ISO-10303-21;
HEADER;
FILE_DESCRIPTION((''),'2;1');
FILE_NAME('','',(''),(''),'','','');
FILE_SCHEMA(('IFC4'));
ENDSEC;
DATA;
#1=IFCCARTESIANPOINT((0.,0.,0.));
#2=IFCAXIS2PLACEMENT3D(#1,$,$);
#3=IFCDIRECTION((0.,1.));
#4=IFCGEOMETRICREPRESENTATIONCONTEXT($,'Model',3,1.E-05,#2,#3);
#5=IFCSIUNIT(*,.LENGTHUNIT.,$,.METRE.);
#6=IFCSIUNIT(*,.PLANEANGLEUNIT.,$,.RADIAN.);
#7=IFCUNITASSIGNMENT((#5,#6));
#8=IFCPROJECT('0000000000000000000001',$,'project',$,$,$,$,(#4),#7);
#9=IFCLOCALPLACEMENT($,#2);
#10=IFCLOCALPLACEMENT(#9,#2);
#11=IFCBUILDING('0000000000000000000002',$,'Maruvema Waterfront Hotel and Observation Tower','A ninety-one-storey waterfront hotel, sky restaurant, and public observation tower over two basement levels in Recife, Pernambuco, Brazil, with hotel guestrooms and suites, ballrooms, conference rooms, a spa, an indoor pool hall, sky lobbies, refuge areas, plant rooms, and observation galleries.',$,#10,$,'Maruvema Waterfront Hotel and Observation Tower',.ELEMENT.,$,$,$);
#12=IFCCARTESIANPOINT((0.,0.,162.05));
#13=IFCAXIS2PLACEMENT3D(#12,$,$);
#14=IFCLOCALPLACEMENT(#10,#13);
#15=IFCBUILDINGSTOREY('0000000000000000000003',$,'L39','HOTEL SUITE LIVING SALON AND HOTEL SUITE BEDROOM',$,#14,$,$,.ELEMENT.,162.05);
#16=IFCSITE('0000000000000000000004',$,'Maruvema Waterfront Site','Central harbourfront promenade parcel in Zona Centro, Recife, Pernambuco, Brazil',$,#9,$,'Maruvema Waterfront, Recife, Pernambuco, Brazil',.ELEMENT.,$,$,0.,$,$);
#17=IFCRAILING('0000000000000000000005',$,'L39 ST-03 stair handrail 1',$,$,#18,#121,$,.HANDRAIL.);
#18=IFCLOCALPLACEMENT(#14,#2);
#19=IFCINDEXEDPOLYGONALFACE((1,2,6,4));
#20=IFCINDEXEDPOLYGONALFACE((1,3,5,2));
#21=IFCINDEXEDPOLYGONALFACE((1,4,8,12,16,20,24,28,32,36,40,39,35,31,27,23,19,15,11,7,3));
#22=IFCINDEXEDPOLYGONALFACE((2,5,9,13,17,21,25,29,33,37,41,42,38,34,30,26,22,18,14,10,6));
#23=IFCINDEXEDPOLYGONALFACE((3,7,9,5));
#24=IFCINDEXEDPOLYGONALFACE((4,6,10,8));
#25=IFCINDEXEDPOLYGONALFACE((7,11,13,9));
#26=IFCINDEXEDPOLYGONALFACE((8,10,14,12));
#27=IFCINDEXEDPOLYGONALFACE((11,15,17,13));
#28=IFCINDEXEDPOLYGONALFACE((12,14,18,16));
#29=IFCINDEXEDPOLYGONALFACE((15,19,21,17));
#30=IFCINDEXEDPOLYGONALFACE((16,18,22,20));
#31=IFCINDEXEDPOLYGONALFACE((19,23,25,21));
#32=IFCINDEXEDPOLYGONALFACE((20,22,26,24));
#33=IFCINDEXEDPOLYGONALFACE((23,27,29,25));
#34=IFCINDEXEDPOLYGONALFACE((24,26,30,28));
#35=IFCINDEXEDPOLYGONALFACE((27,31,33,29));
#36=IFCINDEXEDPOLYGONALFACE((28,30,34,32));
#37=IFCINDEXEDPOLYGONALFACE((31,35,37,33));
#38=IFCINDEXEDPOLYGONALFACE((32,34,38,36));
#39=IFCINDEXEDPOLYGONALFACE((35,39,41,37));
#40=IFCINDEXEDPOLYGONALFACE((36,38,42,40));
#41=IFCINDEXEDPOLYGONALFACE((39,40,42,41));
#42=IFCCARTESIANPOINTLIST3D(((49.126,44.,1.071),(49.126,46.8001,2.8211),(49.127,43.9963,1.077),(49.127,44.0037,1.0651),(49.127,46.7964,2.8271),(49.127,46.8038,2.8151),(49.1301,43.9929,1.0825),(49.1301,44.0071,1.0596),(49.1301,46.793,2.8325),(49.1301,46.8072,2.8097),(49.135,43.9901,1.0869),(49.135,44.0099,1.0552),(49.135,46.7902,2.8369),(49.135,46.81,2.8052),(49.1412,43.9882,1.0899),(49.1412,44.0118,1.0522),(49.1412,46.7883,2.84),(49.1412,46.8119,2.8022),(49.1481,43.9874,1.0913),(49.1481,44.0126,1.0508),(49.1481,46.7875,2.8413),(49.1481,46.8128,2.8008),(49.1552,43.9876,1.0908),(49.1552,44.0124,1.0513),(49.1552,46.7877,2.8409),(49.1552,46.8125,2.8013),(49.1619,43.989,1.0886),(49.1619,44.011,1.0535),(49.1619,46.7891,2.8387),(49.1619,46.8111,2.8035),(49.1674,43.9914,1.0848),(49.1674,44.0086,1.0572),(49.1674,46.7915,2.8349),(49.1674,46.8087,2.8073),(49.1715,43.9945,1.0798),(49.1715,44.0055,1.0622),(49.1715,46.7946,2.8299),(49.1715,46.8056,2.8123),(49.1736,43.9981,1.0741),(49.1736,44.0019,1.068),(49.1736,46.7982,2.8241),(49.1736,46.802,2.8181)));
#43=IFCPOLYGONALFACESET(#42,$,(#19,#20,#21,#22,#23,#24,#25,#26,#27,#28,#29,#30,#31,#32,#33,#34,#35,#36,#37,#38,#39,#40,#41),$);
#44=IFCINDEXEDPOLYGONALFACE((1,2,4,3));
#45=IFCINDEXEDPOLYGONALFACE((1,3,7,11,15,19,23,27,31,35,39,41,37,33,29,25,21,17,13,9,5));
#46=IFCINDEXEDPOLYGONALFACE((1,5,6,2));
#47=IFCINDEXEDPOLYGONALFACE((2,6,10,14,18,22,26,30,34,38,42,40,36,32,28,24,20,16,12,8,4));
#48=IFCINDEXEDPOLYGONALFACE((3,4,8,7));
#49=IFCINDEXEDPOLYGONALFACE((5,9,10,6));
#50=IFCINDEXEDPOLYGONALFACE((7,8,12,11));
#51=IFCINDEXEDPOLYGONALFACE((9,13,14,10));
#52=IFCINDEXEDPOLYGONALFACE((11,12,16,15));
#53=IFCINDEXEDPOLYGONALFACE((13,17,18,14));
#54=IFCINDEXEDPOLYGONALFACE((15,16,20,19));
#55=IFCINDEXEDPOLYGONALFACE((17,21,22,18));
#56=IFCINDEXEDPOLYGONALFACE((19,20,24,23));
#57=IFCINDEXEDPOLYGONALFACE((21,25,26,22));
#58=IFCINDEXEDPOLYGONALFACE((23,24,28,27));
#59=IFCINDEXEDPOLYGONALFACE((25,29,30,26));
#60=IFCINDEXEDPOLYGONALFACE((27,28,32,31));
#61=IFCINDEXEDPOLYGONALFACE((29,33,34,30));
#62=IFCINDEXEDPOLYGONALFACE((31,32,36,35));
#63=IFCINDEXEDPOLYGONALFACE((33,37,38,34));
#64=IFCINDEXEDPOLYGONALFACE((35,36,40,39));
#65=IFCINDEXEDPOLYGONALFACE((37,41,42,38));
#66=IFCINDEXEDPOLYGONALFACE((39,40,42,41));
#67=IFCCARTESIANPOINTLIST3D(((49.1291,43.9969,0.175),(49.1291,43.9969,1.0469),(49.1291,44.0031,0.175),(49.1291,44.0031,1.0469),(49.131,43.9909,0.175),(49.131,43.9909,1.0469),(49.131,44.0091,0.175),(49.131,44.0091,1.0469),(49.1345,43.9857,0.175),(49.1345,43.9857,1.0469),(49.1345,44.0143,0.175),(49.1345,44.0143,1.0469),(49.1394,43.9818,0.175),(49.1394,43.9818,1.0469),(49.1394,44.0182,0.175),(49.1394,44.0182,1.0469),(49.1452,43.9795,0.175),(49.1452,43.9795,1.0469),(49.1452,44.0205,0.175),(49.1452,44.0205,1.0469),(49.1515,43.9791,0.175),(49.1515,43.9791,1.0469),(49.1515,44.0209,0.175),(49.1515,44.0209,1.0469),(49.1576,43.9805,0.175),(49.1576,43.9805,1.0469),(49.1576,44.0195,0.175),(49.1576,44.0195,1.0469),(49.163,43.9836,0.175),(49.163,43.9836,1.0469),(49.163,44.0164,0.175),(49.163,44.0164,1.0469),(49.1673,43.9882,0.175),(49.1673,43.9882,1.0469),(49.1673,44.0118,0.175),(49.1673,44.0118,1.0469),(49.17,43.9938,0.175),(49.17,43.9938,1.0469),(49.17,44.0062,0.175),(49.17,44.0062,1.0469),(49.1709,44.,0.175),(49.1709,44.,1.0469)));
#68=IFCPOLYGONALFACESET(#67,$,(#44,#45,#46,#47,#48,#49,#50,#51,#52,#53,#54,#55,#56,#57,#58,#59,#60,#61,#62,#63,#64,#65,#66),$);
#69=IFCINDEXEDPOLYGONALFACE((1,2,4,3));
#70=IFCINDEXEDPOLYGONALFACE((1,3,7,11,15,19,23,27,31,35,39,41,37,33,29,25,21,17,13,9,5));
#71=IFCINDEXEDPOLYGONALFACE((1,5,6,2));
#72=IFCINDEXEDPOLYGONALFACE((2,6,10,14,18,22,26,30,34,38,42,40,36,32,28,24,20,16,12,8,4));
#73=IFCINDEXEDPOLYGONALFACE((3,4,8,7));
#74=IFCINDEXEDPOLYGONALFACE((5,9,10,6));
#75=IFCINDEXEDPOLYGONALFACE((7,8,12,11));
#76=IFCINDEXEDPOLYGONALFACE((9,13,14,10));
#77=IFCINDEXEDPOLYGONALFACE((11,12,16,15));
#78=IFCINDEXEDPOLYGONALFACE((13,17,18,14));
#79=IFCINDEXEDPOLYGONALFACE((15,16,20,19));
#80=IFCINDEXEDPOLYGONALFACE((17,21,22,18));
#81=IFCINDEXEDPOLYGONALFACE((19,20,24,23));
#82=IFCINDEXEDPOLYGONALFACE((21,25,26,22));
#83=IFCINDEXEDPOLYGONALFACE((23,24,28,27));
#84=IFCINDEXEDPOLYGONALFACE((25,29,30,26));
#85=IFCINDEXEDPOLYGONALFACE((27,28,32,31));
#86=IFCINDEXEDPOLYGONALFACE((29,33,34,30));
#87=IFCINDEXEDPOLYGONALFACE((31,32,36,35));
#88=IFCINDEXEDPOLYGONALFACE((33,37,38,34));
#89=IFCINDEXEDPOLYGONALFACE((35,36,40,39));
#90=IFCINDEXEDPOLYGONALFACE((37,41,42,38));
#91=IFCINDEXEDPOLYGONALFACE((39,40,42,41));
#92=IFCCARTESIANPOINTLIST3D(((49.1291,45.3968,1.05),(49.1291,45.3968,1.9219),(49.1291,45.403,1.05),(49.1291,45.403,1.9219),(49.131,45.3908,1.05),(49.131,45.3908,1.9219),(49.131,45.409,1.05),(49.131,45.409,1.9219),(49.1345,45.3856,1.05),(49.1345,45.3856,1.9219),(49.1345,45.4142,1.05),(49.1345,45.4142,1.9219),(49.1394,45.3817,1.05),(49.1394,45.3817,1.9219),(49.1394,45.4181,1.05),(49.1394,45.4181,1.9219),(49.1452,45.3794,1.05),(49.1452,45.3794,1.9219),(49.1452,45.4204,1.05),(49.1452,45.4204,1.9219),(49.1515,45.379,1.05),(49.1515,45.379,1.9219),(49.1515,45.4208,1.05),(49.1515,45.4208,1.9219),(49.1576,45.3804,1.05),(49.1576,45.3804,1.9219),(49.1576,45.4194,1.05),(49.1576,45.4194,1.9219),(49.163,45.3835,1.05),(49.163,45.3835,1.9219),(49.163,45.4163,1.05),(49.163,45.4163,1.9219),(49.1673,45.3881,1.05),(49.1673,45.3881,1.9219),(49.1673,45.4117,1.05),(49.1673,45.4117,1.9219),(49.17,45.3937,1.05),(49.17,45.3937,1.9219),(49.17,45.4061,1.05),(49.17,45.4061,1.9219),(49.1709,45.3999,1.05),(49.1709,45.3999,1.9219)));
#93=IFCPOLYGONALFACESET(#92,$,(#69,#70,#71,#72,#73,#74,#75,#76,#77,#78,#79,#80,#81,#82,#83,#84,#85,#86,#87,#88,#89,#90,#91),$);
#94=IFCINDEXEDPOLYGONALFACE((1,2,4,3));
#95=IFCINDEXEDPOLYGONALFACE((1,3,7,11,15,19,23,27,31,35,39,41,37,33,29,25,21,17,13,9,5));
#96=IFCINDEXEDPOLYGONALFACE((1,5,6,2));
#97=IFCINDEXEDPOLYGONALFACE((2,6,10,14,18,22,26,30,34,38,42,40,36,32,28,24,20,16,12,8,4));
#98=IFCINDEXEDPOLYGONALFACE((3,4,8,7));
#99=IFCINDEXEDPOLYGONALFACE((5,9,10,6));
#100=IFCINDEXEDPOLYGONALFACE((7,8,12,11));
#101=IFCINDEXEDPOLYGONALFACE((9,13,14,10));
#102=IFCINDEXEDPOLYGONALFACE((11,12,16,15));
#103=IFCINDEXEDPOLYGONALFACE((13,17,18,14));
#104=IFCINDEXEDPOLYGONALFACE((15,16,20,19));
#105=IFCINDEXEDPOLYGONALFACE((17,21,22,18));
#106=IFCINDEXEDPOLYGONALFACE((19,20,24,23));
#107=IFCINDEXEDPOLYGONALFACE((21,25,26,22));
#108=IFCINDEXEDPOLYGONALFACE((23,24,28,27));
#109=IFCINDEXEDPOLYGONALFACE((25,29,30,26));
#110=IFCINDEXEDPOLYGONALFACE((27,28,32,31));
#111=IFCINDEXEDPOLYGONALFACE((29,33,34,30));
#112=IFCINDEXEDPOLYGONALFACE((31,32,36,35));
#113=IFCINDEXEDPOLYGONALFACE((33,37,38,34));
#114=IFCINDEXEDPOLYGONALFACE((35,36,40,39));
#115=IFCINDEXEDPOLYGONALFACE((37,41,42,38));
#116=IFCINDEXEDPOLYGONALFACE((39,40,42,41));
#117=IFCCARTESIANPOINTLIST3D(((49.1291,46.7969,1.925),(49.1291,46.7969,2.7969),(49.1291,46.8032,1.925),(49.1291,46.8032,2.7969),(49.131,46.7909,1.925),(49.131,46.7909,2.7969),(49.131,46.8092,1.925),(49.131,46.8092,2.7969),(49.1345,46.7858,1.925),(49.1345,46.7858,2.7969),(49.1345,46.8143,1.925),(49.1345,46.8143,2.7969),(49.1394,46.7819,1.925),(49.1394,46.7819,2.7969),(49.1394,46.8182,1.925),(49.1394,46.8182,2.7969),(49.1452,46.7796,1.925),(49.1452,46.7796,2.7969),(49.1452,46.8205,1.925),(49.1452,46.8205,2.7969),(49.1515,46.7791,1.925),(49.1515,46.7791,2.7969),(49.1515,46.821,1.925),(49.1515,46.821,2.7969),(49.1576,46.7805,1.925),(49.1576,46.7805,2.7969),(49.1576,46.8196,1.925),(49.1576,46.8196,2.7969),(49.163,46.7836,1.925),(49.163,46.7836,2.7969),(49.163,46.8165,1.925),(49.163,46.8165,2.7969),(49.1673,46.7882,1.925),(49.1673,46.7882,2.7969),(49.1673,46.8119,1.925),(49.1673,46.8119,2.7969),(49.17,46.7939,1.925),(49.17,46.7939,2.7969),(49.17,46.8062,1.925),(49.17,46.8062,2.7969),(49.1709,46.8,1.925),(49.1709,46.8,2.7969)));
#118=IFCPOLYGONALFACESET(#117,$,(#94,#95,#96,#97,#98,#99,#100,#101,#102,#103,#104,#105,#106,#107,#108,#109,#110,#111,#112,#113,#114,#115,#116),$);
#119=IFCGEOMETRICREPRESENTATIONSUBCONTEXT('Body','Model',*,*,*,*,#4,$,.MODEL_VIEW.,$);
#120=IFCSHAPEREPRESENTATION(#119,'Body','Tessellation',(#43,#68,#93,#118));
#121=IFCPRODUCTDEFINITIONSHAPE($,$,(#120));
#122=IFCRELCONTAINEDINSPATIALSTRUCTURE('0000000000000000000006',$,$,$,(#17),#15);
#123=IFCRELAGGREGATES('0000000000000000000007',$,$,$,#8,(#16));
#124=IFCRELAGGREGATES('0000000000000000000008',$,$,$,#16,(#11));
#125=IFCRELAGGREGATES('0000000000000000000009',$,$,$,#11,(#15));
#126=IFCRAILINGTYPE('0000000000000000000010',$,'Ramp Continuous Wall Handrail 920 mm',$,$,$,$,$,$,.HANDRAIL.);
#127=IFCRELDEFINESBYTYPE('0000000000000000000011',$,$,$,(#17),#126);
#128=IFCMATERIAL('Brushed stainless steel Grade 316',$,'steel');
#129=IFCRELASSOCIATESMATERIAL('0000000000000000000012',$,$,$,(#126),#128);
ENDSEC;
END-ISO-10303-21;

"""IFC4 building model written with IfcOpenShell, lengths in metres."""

from ifc_helpers import new_model, si_unit, direction, frame, origin, origin_2d, place, context, subcontext, project, spatial, circle, extrude, material, type_object, element, save


model = new_model("IFC4")

# Units and contexts
model_context = context("Model", 3, precision=1e-05, world=origin(), true_north=direction((0.0, 1.0)))
body_context = subcontext(model_context, "Body", "Model", "MODEL_VIEW")
ifc_project = project(units=[si_unit("LENGTHUNIT", "METRE"), si_unit("PLANEANGLEUNIT", "RADIAN")], contexts=[model_context])

# Site, building, storey
site_placement = place(None, origin())
site = spatial("IfcSite", under=ifc_project, at=site_placement, Name="Maruvema Waterfront Site", Description="Central harbourfront promenade parcel in Zona Centro, Recife, Pernambuco, Brazil", LongName="Maruvema Waterfront, Recife, Pernambuco, Brazil", CompositionType="ELEMENT", RefElevation=0.0)
building_placement = place(site_placement, origin())
building = spatial("IfcBuilding", under=site, at=building_placement, Name="Maruvema Waterfront Hotel and Observation Tower", Description="A ninety-one-storey waterfront hotel, sky restaurant, and public observation tower over two basement levels in Recife, Pernambuco, Brazil, with hotel guestrooms and suites, ballrooms, conference rooms, a spa, an indoor pool hall, sky lobbies, refuge areas, plant rooms, and observation galleries.", LongName="Maruvema Waterfront Hotel and Observation Tower", CompositionType="ELEMENT")
storey_placement = place(building_placement, frame((0.0, 0.0, 162.05)))
storey = spatial("IfcBuildingStorey", under=building, at=storey_placement, Name="L39", Description="HOTEL SUITE LIVING SALON AND HOTEL SUITE BEDROOM", CompositionType="ELEMENT", Elevation=162.05)

# Railing
ifc_material_1 = material(Name="Brushed stainless steel Grade 316", Category="steel")
railing_type = type_object("IfcRailingType", Name="Ramp Continuous Wall Handrail 920 mm", PredefinedType="HANDRAIL", material=ifc_material_1)
railing_placement = place(storey_placement, frame((49.1499, 44.0, 0.175)))
element("IfcRailing", 1, at=railing_placement, inside=storey, type_object=railing_type, Name="L39 ST-03 stair handrail 1", PredefinedType="HANDRAIL", context=body_context, shape_type="SweptSolid", body=[
    extrude(circle(Radius=0.0239, at=origin_2d()), frame((0.0, 0.0, 0.896), z_axis=(0.0, 0.848002, 0.529992), x_axis=(-1.0, 0.0, 0.0)), (0.0, 0.0, 1.0), 3.302),
    extrude(circle(Radius=0.021, at=origin_2d()), origin(), (0.0, 0.0, 1.0), 0.8718),
    extrude(circle(Radius=0.021, at=origin_2d()), frame((0.0, 1.3999, 0.875)), (0.0, 0.0, 1.0), 0.8718),
    extrude(circle(Radius=0.021, at=origin_2d()), frame((0.0, 2.8, 1.75)), (0.0, 0.0, 1.0), 0.8718),
])

save(model, "model.ifc")
